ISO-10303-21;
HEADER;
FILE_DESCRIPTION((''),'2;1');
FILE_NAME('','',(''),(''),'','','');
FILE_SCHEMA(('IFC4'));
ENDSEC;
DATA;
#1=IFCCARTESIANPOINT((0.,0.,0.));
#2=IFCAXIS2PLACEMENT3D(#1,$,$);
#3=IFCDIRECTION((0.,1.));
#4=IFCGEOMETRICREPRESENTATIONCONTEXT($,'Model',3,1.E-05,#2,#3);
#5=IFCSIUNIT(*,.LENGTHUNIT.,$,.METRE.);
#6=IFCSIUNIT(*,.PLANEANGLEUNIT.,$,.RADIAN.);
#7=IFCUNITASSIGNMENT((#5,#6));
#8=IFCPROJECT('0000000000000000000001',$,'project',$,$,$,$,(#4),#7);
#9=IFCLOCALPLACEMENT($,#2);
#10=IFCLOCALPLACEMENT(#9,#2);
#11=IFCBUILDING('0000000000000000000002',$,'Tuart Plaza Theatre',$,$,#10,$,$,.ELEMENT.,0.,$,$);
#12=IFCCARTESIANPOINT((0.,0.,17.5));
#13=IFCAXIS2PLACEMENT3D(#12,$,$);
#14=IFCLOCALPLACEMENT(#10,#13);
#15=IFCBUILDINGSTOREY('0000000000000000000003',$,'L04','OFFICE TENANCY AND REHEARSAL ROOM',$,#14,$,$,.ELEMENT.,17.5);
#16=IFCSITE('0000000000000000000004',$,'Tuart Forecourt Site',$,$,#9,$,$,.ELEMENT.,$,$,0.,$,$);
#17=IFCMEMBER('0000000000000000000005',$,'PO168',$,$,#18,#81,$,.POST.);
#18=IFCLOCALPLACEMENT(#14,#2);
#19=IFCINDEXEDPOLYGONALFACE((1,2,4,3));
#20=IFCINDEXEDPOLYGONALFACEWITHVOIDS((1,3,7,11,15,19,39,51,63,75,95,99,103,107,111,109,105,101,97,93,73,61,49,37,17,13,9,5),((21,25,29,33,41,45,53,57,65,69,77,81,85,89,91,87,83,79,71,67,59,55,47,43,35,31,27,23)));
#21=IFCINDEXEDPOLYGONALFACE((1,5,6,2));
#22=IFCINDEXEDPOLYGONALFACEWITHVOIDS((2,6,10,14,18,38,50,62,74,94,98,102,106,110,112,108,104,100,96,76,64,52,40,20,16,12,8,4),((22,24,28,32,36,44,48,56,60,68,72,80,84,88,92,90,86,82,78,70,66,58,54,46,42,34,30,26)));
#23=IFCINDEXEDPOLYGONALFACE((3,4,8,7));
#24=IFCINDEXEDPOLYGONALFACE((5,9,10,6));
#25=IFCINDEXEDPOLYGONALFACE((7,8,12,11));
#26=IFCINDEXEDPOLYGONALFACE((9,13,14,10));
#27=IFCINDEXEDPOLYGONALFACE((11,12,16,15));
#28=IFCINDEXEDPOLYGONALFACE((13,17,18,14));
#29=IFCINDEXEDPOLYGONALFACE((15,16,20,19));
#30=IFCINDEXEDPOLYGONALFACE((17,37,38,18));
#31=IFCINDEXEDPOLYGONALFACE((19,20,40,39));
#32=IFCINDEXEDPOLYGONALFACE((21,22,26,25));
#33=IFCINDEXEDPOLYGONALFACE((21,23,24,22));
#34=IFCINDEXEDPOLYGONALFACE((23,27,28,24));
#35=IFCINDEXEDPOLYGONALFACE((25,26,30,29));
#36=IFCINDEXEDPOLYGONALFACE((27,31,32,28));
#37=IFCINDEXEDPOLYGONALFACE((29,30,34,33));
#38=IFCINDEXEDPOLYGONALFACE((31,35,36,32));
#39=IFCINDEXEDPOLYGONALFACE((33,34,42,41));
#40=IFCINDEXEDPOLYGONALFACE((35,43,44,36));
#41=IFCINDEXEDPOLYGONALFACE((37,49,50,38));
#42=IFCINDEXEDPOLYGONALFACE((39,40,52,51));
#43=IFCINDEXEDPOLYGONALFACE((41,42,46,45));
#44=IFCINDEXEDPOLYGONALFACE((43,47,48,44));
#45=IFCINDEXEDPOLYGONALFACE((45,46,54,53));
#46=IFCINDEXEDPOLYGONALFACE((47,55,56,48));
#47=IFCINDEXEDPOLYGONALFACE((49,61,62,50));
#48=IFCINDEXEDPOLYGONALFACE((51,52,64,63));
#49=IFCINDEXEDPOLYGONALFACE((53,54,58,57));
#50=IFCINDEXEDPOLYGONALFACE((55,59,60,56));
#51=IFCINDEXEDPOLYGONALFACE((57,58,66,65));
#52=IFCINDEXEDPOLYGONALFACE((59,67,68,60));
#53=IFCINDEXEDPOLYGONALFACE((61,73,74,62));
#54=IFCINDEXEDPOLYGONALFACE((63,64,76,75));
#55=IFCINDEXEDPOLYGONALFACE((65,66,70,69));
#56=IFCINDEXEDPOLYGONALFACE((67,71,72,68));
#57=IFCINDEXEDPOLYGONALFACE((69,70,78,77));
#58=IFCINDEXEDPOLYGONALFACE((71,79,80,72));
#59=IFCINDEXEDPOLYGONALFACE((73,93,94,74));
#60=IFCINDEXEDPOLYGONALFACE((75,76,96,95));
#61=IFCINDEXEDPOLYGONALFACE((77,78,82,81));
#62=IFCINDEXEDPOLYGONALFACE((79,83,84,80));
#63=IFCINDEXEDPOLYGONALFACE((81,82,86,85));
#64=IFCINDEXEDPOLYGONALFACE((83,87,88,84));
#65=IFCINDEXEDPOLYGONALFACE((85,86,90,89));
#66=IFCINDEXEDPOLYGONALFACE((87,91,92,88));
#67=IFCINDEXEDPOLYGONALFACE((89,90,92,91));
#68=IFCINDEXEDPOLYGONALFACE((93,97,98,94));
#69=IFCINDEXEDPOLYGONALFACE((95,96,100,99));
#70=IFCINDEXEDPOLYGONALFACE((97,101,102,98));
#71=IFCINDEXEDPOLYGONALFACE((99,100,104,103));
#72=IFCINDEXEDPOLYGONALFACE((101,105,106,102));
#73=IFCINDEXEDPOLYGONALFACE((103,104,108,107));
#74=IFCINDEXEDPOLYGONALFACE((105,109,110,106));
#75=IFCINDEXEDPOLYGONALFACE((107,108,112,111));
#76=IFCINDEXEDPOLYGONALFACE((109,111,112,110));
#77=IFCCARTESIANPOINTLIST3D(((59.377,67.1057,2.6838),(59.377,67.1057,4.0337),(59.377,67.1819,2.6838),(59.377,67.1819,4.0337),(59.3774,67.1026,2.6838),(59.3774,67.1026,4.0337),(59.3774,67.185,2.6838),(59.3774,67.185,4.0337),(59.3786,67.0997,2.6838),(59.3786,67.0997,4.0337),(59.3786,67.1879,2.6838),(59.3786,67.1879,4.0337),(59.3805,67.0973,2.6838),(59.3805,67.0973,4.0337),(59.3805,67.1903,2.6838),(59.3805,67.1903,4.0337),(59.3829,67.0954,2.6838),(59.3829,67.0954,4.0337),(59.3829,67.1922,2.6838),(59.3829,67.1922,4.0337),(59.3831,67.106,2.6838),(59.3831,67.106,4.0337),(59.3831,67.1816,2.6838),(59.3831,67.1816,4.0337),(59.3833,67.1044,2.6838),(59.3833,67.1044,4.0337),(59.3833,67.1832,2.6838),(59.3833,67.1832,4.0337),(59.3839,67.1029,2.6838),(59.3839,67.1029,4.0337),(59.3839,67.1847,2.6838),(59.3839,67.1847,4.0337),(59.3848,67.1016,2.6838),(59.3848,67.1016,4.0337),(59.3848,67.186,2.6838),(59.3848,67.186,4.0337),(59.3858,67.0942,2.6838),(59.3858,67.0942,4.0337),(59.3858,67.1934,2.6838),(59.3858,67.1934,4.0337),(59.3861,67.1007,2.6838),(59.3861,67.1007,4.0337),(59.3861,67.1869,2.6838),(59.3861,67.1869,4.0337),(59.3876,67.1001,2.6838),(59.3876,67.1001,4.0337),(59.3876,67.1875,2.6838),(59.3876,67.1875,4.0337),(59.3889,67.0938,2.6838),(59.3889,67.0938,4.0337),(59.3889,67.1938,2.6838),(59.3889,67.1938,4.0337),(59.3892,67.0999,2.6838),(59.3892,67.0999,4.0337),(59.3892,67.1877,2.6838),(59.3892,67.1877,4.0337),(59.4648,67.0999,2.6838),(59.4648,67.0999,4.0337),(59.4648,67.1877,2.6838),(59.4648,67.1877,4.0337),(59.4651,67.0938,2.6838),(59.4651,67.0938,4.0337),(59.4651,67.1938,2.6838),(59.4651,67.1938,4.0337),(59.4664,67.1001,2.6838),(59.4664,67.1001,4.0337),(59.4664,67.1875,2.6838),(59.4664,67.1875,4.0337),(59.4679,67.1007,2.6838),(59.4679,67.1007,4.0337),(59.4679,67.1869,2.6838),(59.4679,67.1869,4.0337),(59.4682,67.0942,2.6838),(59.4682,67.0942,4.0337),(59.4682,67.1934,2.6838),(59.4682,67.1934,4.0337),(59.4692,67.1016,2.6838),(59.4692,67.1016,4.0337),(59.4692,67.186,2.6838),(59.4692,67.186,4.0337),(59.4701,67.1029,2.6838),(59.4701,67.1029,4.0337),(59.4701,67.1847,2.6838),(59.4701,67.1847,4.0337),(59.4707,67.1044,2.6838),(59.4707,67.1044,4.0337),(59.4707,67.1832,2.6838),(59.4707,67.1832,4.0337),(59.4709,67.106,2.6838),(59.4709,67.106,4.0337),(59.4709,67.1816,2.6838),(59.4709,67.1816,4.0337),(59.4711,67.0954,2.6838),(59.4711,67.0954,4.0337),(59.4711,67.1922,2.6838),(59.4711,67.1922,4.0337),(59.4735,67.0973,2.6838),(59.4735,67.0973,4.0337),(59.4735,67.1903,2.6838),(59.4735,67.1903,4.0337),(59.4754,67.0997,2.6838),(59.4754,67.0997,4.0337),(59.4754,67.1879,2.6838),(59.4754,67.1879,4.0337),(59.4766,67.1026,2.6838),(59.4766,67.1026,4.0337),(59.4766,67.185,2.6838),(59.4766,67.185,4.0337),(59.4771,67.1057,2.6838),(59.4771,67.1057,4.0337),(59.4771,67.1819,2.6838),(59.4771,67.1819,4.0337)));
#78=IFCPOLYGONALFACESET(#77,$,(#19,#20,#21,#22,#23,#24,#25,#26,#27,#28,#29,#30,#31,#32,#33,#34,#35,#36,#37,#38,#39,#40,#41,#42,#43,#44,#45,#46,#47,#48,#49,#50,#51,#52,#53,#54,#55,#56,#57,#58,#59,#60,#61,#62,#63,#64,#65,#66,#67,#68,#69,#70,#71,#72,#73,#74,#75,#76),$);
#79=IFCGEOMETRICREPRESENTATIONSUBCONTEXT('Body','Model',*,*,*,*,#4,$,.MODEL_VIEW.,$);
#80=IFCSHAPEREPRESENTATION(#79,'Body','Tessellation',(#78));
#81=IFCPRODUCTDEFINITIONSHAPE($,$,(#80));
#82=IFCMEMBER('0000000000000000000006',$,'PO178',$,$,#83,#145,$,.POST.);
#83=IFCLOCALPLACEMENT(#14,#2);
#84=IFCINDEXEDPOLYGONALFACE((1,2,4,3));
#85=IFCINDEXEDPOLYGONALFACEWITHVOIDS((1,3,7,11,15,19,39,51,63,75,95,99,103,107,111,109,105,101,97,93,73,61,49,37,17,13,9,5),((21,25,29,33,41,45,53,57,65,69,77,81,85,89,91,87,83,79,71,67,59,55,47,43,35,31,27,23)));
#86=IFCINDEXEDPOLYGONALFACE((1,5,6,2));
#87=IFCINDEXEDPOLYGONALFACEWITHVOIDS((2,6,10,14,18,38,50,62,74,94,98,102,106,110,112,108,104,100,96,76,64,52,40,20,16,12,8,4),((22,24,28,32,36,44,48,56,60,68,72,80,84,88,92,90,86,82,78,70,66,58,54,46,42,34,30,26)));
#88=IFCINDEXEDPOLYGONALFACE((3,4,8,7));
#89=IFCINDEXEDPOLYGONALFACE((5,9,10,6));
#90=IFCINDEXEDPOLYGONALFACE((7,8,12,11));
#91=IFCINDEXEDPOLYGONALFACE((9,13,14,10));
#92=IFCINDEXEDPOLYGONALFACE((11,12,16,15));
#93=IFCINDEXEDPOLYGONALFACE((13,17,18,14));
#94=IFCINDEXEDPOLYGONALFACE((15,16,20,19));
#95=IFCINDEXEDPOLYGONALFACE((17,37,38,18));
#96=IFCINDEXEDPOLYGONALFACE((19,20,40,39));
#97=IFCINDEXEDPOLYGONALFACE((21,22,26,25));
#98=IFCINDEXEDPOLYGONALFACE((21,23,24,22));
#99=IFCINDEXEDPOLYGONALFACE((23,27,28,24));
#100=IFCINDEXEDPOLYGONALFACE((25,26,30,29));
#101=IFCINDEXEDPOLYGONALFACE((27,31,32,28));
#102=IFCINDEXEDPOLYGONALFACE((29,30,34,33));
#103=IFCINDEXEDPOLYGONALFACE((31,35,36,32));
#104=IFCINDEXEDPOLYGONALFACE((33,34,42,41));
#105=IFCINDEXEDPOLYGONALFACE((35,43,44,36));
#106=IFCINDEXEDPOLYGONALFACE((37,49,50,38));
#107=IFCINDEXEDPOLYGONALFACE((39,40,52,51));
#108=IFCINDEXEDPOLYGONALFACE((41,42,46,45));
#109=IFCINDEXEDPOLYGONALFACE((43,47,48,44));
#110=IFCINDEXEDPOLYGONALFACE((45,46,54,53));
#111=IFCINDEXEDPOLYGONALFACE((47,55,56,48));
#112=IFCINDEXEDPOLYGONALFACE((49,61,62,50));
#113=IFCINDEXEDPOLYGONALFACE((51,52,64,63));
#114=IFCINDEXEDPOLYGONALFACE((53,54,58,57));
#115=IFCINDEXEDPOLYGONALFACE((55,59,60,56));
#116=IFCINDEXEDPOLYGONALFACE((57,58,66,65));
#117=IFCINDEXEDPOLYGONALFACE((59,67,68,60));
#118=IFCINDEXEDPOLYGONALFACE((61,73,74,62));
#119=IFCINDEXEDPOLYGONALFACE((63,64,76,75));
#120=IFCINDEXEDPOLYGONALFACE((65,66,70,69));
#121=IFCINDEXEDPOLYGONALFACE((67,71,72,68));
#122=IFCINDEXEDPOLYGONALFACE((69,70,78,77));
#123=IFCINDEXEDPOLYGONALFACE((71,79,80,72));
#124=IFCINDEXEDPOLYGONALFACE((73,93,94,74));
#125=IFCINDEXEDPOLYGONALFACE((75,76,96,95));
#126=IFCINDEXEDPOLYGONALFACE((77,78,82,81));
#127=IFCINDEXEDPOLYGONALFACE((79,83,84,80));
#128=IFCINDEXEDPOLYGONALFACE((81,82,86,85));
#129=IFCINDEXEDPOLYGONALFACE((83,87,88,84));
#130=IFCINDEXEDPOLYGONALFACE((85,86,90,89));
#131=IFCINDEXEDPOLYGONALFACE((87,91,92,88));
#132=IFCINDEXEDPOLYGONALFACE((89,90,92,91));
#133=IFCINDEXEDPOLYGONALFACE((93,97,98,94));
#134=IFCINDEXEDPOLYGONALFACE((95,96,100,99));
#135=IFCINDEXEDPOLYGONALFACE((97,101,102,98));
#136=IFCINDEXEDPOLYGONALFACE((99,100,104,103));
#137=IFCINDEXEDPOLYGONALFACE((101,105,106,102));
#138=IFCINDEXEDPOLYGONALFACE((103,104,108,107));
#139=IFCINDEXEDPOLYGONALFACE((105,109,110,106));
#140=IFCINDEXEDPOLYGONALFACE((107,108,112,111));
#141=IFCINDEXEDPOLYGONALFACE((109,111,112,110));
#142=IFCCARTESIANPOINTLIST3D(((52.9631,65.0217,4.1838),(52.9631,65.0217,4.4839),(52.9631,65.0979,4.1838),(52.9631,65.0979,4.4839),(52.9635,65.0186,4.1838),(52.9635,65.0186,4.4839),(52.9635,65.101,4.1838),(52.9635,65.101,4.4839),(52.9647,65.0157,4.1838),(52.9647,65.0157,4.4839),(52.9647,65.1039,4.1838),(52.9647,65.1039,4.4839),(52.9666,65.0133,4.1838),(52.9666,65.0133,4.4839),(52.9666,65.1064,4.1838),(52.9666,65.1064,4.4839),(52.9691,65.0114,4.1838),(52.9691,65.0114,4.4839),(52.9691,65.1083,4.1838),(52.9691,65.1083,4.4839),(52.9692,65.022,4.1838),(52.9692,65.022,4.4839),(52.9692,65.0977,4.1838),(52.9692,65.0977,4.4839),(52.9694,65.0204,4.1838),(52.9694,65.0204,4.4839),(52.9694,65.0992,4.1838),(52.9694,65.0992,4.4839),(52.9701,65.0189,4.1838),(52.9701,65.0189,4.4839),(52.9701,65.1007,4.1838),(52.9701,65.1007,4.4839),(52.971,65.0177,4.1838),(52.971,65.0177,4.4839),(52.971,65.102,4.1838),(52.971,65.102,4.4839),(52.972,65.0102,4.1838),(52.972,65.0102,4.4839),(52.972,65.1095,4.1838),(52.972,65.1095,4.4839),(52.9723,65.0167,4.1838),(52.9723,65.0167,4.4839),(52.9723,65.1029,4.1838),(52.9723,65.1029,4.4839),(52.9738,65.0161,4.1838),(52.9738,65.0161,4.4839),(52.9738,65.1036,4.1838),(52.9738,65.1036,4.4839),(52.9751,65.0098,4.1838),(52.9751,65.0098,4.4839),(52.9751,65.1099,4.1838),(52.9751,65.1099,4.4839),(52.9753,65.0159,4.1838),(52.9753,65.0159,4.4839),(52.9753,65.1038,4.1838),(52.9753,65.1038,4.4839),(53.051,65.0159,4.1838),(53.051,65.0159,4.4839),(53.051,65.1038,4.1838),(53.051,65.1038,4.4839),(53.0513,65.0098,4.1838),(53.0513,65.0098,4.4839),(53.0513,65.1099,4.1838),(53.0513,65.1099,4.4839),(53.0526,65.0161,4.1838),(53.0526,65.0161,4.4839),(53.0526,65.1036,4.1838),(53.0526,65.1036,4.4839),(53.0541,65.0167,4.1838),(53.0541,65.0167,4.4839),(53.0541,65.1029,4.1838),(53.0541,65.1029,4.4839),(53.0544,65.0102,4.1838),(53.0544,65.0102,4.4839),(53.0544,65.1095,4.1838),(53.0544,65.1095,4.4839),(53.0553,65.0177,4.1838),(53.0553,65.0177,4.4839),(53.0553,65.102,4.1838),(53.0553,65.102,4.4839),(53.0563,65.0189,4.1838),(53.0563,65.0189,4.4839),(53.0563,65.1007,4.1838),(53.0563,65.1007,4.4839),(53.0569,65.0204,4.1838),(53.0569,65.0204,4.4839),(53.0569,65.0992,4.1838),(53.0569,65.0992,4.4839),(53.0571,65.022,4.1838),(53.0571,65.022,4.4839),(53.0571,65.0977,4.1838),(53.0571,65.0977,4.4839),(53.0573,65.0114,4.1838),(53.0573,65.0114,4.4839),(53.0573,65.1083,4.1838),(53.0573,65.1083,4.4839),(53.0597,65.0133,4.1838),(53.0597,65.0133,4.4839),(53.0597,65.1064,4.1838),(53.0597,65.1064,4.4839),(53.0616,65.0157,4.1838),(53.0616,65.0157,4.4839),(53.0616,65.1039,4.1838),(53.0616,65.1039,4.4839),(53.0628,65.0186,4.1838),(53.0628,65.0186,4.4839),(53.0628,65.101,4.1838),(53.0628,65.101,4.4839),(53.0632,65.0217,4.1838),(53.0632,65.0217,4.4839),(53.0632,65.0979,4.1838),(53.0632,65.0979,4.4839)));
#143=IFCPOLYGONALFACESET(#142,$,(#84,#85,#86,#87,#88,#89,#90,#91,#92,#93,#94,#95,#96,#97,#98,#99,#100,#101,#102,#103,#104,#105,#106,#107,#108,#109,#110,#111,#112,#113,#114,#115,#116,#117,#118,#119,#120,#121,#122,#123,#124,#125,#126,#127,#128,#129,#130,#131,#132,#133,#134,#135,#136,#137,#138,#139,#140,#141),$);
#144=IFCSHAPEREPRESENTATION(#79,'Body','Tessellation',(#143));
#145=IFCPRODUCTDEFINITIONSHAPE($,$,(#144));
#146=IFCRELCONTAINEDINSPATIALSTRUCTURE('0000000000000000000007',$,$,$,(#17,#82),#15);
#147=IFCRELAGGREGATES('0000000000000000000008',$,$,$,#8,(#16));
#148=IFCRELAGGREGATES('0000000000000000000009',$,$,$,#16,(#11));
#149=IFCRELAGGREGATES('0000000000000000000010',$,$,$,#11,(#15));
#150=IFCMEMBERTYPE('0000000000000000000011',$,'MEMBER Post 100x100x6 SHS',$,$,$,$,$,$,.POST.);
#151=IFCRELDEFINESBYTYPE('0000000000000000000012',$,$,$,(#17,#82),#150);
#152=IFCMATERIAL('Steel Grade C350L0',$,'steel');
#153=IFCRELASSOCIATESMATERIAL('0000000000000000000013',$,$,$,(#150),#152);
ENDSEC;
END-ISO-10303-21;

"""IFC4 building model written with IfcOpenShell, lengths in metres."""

from ifc_helpers import new_model, si_unit, direction, frame, origin, origin_2d, place, context, subcontext, project, spatial, hollow_rectangle, extrude, material, material_profile, profile_set, type_object, element, save


model = new_model("IFC4")

# Units and contexts
model_context = context("Model", 3, precision=1e-05, world=origin(), true_north=direction((0.0, 1.0)))
body_context = subcontext(model_context, "Body", "Model", "MODEL_VIEW")
ifc_project = project(units=[si_unit("LENGTHUNIT", "METRE"), si_unit("PLANEANGLEUNIT", "RADIAN")], contexts=[model_context])

# Site, building, storey
site_placement = place(None, origin())
site = spatial("IfcSite", under=ifc_project, at=site_placement, Name="Tuart Forecourt Site", CompositionType="ELEMENT", RefElevation=0.0)
building_placement = place(site_placement, origin())
building = spatial("IfcBuilding", under=site, at=building_placement, Name="Tuart Plaza Theatre", CompositionType="ELEMENT", ElevationOfRefHeight=0.0)
storey_placement = place(building_placement, frame((0.0, 0.0, 17.5)))
storey = spatial("IfcBuildingStorey", under=building, at=storey_placement, Name="L04", Description="OFFICE TENANCY AND REHEARSAL ROOM", CompositionType="ELEMENT", Elevation=17.5)

# Members
ifc_material_1 = material(Name="Steel Grade C350L0", Category="steel")
ifc_material_profile_1 = material_profile(ifc_material_1, hollow_rectangle(XDim=0.1001, YDim=0.1001, WallThickness=0.0061, InnerFilletRadius=0.0061, OuterFilletRadius=0.012, at=origin_2d()), Name="100x100x6 SHS")
ifc_profile_set_1 = profile_set([ifc_material_profile_1], Name="Steel Grade C350L0")
member_type_1 = type_object("IfcMemberType", Name="MEMBER Post 100x100x6 SHS", PredefinedType="POST", material=ifc_profile_set_1)
for number, where, z_axis, x_axis, name in (
    (1, (59.427, 67.1438, 2.6838), (0.0, 0.0, 1.0), (1.0, 0.0, 0.0), "PO168"),
):
    element("IfcMember", number, at=place(storey_placement, frame(where, z_axis=z_axis, x_axis=x_axis)), inside=storey, type_object=member_type_1, Name=name, PredefinedType="POST", context=body_context, shape_type="SweptSolid", body=[
        extrude(hollow_rectangle(XDim=0.1001, YDim=0.1001, WallThickness=0.0061, InnerFilletRadius=0.0061, OuterFilletRadius=0.012, at=origin_2d()), origin(), (0.0, 0.0, 1.0), 1.3499),
    ])
for number, where, z_axis, x_axis, name in (
    (2, (53.0132, 65.0598, 4.1838), (0.0, 0.0, 1.0), (1.0, 0.0, 0.0), "PO178"),
):
    element("IfcMember", number, at=place(storey_placement, frame(where, z_axis=z_axis, x_axis=x_axis)), inside=storey, type_object=member_type_1, Name=name, PredefinedType="POST", context=body_context, shape_type="SweptSolid", body=[
        extrude(hollow_rectangle(XDim=0.1001, YDim=0.1001, WallThickness=0.0061, InnerFilletRadius=0.0061, OuterFilletRadius=0.012, at=origin_2d()), origin(), (0.0, 0.0, 1.0), 0.3),
    ])

save(model, "model.ifc")
